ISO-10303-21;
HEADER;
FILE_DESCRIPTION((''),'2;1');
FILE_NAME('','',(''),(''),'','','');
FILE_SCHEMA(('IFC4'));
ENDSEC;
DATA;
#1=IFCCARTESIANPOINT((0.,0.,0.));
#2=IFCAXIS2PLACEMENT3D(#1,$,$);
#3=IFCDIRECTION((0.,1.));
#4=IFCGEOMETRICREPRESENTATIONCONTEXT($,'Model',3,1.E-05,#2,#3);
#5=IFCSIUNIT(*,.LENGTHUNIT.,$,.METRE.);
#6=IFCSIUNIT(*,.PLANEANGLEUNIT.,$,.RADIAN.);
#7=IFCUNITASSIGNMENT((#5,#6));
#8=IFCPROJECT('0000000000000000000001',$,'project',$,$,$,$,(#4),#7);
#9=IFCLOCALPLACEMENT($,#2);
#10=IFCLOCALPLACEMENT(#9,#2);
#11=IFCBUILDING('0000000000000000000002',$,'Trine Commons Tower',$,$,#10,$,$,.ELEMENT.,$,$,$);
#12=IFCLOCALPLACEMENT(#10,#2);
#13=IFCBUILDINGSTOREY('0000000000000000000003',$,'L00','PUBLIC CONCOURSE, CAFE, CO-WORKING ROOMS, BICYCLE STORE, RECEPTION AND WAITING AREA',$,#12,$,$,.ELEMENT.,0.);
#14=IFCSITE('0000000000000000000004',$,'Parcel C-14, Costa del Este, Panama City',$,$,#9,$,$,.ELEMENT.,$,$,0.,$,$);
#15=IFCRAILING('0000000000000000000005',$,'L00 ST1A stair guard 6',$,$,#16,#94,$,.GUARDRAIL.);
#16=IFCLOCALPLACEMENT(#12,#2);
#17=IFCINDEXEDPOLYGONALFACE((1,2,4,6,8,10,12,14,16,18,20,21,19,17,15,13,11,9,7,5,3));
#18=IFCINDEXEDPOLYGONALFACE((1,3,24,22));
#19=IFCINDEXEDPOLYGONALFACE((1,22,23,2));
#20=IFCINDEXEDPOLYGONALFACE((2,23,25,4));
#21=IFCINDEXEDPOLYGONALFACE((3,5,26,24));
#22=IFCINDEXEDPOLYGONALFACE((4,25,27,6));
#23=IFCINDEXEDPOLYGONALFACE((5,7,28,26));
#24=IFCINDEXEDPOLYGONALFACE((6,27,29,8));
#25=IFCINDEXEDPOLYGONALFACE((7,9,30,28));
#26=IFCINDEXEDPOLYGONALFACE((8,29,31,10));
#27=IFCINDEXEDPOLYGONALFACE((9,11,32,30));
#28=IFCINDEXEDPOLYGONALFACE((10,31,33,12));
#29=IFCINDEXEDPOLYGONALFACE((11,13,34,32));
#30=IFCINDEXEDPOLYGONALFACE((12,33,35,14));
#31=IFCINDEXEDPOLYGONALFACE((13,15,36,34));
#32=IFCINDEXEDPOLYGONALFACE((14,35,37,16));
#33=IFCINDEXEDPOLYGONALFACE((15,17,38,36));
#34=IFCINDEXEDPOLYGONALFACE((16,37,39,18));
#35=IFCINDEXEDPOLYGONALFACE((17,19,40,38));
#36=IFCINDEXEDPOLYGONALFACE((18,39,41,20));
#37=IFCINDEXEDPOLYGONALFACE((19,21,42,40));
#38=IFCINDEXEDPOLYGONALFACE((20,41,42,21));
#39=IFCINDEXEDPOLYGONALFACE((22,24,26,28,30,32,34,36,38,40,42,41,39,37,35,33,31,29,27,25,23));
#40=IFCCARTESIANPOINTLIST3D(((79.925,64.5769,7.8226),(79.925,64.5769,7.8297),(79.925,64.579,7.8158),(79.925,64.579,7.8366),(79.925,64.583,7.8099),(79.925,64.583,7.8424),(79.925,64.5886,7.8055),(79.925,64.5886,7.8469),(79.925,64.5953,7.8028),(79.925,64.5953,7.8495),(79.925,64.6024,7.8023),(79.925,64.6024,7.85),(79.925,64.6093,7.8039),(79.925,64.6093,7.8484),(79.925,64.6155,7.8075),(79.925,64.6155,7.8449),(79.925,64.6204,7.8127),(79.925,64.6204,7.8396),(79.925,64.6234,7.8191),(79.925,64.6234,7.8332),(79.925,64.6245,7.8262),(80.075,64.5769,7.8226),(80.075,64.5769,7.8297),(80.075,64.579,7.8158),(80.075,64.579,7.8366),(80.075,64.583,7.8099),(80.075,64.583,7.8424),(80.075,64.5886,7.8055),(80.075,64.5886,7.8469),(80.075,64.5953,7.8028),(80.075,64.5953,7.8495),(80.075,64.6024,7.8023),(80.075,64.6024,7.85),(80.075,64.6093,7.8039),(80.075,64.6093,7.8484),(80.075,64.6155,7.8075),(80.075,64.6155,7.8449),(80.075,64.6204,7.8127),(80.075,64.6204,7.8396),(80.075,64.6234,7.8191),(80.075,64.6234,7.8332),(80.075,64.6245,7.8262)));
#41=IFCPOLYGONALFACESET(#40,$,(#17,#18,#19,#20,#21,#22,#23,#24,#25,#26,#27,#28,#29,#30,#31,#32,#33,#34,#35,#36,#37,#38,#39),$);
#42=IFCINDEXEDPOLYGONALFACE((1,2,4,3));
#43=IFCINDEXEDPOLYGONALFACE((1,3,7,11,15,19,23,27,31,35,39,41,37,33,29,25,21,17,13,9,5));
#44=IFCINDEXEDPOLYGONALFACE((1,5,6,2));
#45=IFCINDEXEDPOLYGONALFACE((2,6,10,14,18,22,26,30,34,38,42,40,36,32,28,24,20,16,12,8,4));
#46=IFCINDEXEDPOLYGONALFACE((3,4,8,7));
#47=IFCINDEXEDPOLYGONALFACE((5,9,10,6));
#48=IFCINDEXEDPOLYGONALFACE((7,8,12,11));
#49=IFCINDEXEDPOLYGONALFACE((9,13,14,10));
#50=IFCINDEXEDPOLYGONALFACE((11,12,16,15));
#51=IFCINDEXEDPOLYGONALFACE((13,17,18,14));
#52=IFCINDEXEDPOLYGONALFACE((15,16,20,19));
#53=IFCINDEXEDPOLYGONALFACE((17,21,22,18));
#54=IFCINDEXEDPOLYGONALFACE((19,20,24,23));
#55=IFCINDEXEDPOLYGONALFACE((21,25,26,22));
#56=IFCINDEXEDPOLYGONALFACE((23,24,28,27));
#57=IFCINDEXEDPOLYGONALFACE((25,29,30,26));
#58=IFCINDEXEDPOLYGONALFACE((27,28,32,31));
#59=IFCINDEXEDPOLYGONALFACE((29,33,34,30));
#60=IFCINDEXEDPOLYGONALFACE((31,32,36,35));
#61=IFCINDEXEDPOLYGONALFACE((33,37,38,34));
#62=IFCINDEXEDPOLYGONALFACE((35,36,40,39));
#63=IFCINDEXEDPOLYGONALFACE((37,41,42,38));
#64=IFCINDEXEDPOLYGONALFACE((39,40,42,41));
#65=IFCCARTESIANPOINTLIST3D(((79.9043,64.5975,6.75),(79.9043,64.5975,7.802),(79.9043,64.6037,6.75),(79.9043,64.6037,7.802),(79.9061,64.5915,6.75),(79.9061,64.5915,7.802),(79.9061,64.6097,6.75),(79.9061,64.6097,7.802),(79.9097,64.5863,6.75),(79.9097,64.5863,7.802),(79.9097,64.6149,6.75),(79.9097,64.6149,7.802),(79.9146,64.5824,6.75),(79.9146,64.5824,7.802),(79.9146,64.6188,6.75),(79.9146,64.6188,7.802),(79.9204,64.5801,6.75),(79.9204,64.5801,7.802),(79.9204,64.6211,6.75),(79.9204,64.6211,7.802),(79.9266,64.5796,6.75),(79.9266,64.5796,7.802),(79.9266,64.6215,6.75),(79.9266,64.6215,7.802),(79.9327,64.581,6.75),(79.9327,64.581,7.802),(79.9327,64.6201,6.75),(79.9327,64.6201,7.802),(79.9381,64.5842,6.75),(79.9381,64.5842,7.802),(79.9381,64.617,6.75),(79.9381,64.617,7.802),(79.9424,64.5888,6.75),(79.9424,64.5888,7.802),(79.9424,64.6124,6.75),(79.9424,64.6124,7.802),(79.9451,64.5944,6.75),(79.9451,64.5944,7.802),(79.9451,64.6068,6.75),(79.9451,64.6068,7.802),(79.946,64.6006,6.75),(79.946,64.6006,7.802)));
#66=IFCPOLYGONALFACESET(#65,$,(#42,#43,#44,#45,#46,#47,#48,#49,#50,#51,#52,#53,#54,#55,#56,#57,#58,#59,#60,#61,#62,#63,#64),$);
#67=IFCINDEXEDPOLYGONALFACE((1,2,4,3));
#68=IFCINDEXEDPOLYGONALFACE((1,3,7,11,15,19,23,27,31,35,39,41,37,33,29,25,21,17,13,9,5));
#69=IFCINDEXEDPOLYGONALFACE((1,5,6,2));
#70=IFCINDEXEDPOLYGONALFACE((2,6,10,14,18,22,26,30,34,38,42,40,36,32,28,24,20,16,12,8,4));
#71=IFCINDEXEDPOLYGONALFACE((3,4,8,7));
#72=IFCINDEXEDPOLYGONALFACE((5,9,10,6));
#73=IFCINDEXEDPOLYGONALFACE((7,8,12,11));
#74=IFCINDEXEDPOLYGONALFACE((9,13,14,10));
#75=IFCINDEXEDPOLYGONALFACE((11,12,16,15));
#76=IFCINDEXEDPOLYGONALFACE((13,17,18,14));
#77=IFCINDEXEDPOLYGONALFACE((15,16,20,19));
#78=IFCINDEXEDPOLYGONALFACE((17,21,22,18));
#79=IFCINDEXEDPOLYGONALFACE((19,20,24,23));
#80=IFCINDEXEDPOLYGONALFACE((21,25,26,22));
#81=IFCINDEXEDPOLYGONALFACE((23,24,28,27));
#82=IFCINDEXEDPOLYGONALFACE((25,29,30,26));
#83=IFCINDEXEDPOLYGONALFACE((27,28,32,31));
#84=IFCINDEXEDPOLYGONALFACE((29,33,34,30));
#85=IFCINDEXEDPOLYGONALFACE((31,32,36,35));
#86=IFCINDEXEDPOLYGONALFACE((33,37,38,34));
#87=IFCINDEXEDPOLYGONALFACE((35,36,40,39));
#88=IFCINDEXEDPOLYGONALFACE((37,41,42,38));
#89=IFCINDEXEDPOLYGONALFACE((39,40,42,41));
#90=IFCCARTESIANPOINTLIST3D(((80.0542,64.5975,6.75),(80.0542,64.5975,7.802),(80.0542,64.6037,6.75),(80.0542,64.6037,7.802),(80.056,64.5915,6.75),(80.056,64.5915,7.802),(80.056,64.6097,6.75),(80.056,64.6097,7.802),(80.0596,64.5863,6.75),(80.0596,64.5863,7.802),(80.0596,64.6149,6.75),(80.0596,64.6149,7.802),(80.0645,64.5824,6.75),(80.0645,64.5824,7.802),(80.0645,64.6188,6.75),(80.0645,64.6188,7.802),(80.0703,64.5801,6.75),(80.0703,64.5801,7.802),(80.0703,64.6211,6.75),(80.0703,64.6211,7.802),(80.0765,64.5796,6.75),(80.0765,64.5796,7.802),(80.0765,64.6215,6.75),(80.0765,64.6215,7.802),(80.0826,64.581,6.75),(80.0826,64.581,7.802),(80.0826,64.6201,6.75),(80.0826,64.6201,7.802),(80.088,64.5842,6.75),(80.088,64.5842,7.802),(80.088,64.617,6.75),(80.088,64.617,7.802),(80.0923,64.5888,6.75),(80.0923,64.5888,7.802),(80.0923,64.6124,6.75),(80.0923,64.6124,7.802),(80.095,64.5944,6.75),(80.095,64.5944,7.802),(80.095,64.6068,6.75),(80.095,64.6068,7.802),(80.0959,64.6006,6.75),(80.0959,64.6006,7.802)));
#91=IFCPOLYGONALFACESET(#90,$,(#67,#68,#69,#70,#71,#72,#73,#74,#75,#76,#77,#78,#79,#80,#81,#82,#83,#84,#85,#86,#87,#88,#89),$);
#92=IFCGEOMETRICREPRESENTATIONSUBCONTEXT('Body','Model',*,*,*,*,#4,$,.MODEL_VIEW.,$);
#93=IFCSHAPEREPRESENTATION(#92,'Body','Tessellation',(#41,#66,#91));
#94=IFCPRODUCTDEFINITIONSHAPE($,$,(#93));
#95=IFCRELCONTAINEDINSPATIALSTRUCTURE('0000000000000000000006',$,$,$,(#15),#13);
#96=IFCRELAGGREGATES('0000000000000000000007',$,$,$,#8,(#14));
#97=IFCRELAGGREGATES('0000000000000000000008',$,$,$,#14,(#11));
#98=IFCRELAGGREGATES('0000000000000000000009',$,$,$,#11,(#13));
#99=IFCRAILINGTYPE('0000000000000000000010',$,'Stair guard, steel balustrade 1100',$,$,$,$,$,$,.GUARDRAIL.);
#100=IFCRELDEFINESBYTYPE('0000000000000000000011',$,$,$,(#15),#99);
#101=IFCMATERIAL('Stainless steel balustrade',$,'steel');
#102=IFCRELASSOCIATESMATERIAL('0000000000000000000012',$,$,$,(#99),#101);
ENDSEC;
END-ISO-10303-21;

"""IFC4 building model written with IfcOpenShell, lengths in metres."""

from ifc_helpers import new_model, si_unit, direction, frame, origin, origin_2d, place, context, subcontext, project, spatial, circle, extrude, material, type_object, element, save


model = new_model("IFC4")

# Units and contexts
model_context = context("Model", 3, precision=1e-05, world=origin(), true_north=direction((0.0, 1.0)))
body_context = subcontext(model_context, "Body", "Model", "MODEL_VIEW")
ifc_project = project(units=[si_unit("LENGTHUNIT", "METRE"), si_unit("PLANEANGLEUNIT", "RADIAN")], contexts=[model_context])

# Site, building, storey
site_placement = place(None, origin())
site = spatial("IfcSite", under=ifc_project, at=site_placement, Name="Parcel C-14, Costa del Este, Panama City", CompositionType="ELEMENT", RefElevation=0.0)
building_placement = place(site_placement, origin())
building = spatial("IfcBuilding", under=site, at=building_placement, Name="Trine Commons Tower", CompositionType="ELEMENT")
storey_placement = place(building_placement, origin())
storey = spatial("IfcBuildingStorey", under=building, at=storey_placement, Name="L00", Description="PUBLIC CONCOURSE, CAFE, CO-WORKING ROOMS, BICYCLE STORE, RECEPTION AND WAITING AREA", CompositionType="ELEMENT", Elevation=0.0)

# Railing
ifc_material_1 = material(Name="Stainless steel balustrade", Category="steel")
railing_type_1 = type_object("IfcRailingType", Name="Stair guard, steel balustrade 1100", PredefinedType="GUARDRAIL", material=ifc_material_1)
railing_1_placement = place(storey_placement, frame((79.925, 64.6006, 6.75)))
element("IfcRailing", 1, at=railing_1_placement, inside=storey, type_object=railing_type_1, Name="L00 ST1A stair guard 6", PredefinedType="GUARDRAIL", context=body_context, shape_type="SweptSolid", body=[
    extrude(circle(Radius=0.0239, at=origin_2d()), frame((0.0, 0.0, 1.0762), z_axis=(1.0, 0.0, 0.0), x_axis=(0.0, 1.0, 0.0)), (0.0, 0.0, 1.0), 0.1499),
    extrude(circle(Radius=0.021, at=origin_2d()), origin(), (0.0, 0.0, 1.0), 1.052),
    extrude(circle(Radius=0.021, at=origin_2d()), frame((0.1499, 0.0, 0.0)), (0.0, 0.0, 1.0), 1.052),
])

save(model, "model.ifc")
